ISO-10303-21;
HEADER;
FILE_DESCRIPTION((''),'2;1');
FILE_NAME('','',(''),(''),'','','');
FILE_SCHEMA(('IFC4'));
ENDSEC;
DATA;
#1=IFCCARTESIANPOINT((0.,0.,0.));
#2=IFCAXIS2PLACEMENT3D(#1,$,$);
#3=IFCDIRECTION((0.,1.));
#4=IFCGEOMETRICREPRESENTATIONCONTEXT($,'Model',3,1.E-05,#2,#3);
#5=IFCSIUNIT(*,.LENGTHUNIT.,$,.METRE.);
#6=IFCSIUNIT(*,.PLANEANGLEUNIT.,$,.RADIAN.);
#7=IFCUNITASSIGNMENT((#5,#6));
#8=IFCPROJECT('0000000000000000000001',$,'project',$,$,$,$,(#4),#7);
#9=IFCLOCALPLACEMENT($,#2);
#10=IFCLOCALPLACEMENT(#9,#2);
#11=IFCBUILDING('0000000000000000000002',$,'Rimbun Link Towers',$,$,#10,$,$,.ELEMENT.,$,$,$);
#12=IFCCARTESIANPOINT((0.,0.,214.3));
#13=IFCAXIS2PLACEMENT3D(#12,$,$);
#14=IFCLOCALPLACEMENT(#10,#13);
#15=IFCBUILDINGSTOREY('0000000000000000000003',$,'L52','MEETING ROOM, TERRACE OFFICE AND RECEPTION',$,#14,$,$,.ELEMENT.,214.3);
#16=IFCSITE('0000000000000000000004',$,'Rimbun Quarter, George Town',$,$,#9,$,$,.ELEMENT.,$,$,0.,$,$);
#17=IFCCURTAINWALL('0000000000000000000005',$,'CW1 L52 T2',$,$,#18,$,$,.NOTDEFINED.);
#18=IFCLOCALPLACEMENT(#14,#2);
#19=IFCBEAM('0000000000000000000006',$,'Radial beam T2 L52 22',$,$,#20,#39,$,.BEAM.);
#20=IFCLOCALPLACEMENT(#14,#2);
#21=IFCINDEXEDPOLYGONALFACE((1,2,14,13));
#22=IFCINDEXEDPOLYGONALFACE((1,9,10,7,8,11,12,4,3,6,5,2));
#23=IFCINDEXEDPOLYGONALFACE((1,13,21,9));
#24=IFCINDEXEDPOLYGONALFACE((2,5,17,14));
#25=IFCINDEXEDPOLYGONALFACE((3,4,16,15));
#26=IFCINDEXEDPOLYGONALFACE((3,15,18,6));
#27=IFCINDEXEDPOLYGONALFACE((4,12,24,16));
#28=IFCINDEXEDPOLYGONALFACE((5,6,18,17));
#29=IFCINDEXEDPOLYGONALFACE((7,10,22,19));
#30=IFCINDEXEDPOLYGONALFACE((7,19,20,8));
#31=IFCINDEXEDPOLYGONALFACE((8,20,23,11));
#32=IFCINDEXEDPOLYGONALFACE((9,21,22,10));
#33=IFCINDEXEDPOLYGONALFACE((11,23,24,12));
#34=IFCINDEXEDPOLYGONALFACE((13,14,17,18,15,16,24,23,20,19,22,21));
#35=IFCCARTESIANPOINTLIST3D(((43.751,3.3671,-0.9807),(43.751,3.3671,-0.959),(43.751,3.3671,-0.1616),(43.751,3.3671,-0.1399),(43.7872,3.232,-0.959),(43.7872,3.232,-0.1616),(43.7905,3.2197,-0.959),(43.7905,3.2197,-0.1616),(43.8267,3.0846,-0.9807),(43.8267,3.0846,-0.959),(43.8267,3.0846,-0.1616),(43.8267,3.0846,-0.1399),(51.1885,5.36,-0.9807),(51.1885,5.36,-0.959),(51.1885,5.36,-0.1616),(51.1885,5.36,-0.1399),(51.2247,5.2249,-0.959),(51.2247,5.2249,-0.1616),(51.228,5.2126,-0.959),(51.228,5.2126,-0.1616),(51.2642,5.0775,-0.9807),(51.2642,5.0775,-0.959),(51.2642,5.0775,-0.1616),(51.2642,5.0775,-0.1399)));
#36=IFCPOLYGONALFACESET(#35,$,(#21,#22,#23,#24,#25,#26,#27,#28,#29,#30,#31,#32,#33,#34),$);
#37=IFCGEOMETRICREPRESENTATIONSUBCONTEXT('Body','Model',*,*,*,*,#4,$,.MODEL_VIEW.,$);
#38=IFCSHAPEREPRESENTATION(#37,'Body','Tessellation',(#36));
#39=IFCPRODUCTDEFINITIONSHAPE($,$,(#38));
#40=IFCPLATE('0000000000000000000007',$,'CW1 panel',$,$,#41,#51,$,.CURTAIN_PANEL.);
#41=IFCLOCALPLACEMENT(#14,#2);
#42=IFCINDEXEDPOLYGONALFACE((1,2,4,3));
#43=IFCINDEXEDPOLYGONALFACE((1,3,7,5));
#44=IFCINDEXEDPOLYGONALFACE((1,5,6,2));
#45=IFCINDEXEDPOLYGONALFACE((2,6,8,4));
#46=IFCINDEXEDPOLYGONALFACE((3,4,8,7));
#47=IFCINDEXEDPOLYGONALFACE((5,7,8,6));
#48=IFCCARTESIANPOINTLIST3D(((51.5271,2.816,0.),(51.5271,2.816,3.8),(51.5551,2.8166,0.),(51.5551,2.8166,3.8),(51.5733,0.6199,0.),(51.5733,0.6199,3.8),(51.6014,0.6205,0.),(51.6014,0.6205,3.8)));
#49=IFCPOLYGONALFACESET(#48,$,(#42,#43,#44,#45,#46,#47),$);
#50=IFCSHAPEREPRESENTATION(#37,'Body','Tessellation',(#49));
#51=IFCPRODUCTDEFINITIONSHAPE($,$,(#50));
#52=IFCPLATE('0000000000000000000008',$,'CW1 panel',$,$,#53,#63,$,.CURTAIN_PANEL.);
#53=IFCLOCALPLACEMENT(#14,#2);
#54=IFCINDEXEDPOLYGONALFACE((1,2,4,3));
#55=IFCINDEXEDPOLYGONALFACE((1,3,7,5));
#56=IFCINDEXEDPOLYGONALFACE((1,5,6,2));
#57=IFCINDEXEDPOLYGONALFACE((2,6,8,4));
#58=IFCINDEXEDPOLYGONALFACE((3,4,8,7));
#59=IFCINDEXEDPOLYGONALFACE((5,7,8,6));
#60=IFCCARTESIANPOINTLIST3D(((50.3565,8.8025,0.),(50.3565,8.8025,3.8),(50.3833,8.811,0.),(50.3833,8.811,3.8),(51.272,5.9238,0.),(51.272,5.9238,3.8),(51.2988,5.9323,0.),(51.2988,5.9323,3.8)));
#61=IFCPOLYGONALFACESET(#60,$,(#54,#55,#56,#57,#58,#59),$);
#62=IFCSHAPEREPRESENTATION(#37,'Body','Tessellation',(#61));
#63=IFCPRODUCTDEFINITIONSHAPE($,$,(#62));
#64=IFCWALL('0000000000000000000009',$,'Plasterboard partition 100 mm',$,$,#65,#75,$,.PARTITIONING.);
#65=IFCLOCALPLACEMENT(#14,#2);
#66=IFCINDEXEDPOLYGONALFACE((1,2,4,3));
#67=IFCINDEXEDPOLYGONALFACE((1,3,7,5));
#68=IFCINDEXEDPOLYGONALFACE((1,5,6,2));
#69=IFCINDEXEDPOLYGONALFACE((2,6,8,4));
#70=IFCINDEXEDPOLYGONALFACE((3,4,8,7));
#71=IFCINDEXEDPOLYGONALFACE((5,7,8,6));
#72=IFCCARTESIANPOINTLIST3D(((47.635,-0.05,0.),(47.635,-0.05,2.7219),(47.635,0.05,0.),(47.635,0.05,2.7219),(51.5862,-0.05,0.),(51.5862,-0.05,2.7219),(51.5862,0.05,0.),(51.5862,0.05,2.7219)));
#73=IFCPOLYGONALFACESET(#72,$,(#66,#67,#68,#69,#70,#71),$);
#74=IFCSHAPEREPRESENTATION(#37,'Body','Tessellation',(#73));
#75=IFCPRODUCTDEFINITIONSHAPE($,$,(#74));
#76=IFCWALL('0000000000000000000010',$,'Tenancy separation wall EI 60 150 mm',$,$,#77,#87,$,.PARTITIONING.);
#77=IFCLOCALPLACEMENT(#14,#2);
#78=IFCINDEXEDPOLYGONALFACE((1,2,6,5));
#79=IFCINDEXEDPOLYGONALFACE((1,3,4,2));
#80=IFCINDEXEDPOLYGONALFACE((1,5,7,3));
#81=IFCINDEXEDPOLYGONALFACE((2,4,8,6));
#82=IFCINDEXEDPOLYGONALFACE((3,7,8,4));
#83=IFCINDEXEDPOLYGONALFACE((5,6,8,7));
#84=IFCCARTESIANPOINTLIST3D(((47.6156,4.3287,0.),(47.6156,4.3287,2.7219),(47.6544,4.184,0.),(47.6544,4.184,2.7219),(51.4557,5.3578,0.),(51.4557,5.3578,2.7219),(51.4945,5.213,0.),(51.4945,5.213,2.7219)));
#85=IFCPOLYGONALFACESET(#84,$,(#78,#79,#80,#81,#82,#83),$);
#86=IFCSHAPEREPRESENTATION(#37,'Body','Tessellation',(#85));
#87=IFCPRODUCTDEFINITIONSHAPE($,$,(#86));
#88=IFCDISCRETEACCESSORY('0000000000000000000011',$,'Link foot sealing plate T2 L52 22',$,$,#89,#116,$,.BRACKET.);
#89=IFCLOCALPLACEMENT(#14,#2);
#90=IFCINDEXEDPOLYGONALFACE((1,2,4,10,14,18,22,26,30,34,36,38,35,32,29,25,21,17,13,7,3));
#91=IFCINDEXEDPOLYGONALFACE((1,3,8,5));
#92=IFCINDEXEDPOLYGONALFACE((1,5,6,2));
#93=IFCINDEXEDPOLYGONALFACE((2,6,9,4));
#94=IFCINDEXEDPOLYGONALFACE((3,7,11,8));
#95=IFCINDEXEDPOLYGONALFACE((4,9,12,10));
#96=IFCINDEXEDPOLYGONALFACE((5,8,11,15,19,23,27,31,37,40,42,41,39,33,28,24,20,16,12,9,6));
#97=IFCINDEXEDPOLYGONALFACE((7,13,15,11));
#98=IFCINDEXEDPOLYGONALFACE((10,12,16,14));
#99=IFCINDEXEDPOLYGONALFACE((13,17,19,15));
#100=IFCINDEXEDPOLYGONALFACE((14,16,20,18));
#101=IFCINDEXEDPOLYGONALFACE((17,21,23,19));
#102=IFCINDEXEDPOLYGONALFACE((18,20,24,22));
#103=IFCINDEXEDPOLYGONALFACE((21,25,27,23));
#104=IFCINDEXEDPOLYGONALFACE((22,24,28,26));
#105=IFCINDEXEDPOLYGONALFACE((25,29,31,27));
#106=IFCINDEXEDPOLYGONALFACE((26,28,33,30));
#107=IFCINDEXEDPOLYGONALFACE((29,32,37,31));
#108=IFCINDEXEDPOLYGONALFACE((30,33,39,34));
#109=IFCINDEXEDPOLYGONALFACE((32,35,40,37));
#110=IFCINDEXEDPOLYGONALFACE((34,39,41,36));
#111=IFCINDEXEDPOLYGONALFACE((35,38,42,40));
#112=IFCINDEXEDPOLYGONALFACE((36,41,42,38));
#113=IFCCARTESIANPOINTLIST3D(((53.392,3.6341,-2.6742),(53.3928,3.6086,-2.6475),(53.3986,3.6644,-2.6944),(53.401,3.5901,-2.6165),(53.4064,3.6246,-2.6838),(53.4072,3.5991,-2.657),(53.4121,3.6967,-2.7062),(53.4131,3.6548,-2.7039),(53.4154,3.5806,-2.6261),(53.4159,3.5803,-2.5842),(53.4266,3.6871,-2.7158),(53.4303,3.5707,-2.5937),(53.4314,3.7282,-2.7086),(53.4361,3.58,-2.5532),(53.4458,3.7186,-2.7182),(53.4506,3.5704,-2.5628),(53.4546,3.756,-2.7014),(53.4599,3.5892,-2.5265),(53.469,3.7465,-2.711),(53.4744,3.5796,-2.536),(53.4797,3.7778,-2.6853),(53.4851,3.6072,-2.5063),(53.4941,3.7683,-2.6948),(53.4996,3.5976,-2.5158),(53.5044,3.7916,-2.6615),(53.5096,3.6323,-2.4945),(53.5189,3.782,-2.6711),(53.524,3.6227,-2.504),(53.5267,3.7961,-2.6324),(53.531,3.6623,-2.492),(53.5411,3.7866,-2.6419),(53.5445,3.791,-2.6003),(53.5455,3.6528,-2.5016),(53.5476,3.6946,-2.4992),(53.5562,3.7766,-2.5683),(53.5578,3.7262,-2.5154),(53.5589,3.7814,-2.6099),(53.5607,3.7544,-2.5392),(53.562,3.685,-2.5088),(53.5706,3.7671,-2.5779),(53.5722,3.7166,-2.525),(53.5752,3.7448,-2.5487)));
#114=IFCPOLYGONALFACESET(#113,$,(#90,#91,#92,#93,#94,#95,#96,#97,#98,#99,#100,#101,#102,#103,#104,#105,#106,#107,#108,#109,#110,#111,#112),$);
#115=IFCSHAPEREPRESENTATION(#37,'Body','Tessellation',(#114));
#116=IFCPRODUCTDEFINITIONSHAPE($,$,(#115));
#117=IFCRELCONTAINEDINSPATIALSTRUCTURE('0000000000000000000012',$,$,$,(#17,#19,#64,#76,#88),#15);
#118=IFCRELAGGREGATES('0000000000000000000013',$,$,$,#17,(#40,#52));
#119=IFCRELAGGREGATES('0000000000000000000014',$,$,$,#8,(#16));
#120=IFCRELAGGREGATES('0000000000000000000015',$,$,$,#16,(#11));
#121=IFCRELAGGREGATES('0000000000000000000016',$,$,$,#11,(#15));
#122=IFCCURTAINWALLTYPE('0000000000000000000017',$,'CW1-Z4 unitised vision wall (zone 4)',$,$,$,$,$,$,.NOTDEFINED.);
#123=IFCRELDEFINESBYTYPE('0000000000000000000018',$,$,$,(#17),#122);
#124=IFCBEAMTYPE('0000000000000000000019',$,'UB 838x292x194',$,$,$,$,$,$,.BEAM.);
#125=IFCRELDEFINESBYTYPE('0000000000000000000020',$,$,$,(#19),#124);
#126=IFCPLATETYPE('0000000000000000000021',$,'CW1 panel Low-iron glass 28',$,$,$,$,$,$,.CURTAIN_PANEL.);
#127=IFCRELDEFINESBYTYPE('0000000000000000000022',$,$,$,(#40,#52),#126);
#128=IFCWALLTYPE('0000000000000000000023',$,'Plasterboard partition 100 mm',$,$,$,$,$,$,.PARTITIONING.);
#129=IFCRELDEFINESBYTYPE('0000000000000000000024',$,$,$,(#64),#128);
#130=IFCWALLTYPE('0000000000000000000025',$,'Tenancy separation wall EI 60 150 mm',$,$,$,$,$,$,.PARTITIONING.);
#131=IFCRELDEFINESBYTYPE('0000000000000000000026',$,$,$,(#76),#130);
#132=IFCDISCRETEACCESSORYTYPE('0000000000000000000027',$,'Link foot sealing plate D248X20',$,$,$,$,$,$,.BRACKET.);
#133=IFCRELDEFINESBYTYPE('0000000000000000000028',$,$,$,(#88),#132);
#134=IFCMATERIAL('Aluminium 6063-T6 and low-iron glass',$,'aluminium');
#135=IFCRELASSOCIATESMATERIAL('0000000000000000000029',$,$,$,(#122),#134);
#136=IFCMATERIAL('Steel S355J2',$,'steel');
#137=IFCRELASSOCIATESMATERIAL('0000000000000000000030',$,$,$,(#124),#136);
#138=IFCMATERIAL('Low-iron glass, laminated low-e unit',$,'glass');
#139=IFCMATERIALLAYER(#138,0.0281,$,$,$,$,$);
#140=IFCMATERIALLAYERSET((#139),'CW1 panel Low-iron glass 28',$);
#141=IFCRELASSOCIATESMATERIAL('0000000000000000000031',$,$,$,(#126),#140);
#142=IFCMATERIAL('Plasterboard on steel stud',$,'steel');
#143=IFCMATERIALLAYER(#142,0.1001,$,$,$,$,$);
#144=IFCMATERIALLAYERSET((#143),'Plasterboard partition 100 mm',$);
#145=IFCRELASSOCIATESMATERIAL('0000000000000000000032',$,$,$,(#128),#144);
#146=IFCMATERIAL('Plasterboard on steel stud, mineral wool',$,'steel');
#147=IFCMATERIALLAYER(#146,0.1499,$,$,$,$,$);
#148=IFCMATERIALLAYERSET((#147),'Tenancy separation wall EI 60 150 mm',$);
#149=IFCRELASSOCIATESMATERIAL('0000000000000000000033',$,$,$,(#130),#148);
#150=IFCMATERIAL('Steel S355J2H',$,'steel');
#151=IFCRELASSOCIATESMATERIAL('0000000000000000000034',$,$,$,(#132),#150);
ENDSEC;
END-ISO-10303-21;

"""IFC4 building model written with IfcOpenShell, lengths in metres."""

from ifc_helpers import new_model, si_unit, direction, frame, frame_2d, origin, origin_2d, place, context, subcontext, project, spatial, rectangle, circle, i_section, extrude, material, layer, layer_set, material_profile, profile_set, type_object, element, aggregate, save


model = new_model("IFC4")

# Units and contexts
model_context = context("Model", 3, precision=1e-05, world=origin(), true_north=direction((0.0, 1.0)))
body_context = subcontext(model_context, "Body", "Model", "MODEL_VIEW")
ifc_project = project(units=[si_unit("LENGTHUNIT", "METRE"), si_unit("PLANEANGLEUNIT", "RADIAN")], contexts=[model_context])

# Site, building, storey
site_placement = place(None, origin())
site = spatial("IfcSite", under=ifc_project, at=site_placement, Name="Rimbun Quarter, George Town", CompositionType="ELEMENT", RefElevation=0.0)
building_placement = place(site_placement, origin())
building = spatial("IfcBuilding", under=site, at=building_placement, Name="Rimbun Link Towers", CompositionType="ELEMENT")
storey_placement = place(building_placement, frame((0.0, 0.0, 214.3)))
storey = spatial("IfcBuildingStorey", under=building, at=storey_placement, Name="L52", Description="MEETING ROOM, TERRACE OFFICE AND RECEPTION", CompositionType="ELEMENT", Elevation=214.3)

# Curtain wall
ifc_material_1 = material(Name="Aluminium 6063-T6 and low-iron glass", Category="aluminium")
curtain_wall_type = type_object("IfcCurtainWallType", Name="CW1-Z4 unitised vision wall (zone 4)", PredefinedType="NOTDEFINED", material=ifc_material_1)
curtain_wall_placement = place(storey_placement, origin())
curtain_wall = element("IfcCurtainWall", 1, at=curtain_wall_placement, inside=storey, type_object=curtain_wall_type, Name="CW1 L52 T2", PredefinedType="NOTDEFINED")

# Beam
ifc_material_2 = material(Name="Steel S355J2", Category="steel")
ifc_material_profile_1 = material_profile(ifc_material_2, i_section(OverallWidth=0.2925, OverallDepth=0.8408, WebThickness=0.0127, FlangeThickness=0.0217, at=origin_2d()), Name="UB 838x292x194")
ifc_profile_set_1 = profile_set([ifc_material_profile_1], Name="Steel S355J2")
beam_type_1 = type_object("IfcBeamType", Name="UB 838x292x194", PredefinedType="BEAM", material=ifc_profile_set_1)
beam_1_placement = place(storey_placement, frame((43.7888, 3.2258, -0.5603), z_axis=(0.965924, 0.258825, 0.0), x_axis=(-0.258825, 0.965924, 0.0)))
element("IfcBeam", 2, at=beam_1_placement, inside=storey, type_object=beam_type_1, Name="Radial beam T2 L52 22", PredefinedType="BEAM", context=body_context, shape_type="SweptSolid", body=[
    extrude(i_section(OverallWidth=0.2925, OverallDepth=0.8408, WebThickness=0.0127, FlangeThickness=0.0217, at=origin_2d()), origin(), (0.0, 0.0, 1.0), 7.7),
])

# Plates
ifc_material_3 = material(Name="Low-iron glass, laminated low-e unit", Category="glass")
ifc_layer_1 = layer(ifc_material_3, 0.0281)
ifc_layer_set_1 = layer_set([ifc_layer_1], Name="CW1 panel Low-iron glass 28")
plate_type = type_object("IfcPlateType", Name="CW1 panel Low-iron glass 28", PredefinedType="CURTAIN_PANEL", material=ifc_layer_set_1)
plate_1_placement = place(storey_placement, frame((51.5642, 1.7183, 0.0), z_axis=(0.0, 0.0, 1.0), x_axis=(0.021054, -0.999778, 0.0)))
plate_1 = element("IfcPlate", 3, at=plate_1_placement, type_object=plate_type, Name="CW1 panel", PredefinedType="CURTAIN_PANEL", context=body_context, shape_type="SweptSolid", body=[
    extrude(rectangle(XDim=2.1965, YDim=0.0281, at=origin_2d()), origin(), (0.0, 0.0, 1.0), 3.8),
])
plate_2_placement = place(storey_placement, frame((50.8276, 7.3674, 0.0), z_axis=(0.0, 0.0, 1.0), x_axis=(0.303068, -0.952969, 0.0)))
plate_2 = element("IfcPlate", 4, at=plate_2_placement, type_object=plate_type, Name="CW1 panel", PredefinedType="CURTAIN_PANEL", context=body_context, shape_type="SweptSolid", body=[
    extrude(rectangle(XDim=3.0208, YDim=0.0281, at=origin_2d()), origin(), (0.0, 0.0, 1.0), 3.8),
])
aggregate(curtain_wall, [plate_1, plate_2])

# Walls
ifc_material_4 = material(Name="Plasterboard on steel stud", Category="steel")
ifc_layer_2 = layer(ifc_material_4, 0.1001)
ifc_layer_set_2 = layer_set([ifc_layer_2], Name="Plasterboard partition 100 mm")
wall_type_1 = type_object("IfcWallType", Name="Plasterboard partition 100 mm", PredefinedType="PARTITIONING", material=ifc_layer_set_2)
wall_1_placement = place(storey_placement, frame((51.5862, 0.0, 0.0), z_axis=(0.0, 0.0, 1.0), x_axis=(-1.0, 0.0, 0.0)))
element("IfcWall", 5, at=wall_1_placement, inside=storey, type_object=wall_type_1, Name="Plasterboard partition 100 mm", PredefinedType="PARTITIONING", context=body_context, shape_type="SweptSolid", body=[
    extrude(rectangle(XDim=3.9512, YDim=0.1001, at=frame_2d((1.9756, 0.0))), origin(), (0.0, 0.0, 1.0), 2.7219),
])
ifc_material_5 = material(Name="Plasterboard on steel stud, mineral wool", Category="steel")
ifc_layer_3 = layer(ifc_material_5, 0.1499)
ifc_layer_set_3 = layer_set([ifc_layer_3], Name="Tenancy separation wall EI 60 150 mm")
wall_type_2 = type_object("IfcWallType", Name="Tenancy separation wall EI 60 150 mm", PredefinedType="PARTITIONING", material=ifc_layer_set_3)
wall_2_placement = place(storey_placement, frame((47.635, 4.2563, 0.0), z_axis=(0.0, 0.0, 1.0), x_axis=(0.965919, 0.258844, 0.0)))
element("IfcWall", 6, at=wall_2_placement, inside=storey, type_object=wall_type_2, Name="Tenancy separation wall EI 60 150 mm", PredefinedType="PARTITIONING", context=body_context, shape_type="SweptSolid", body=[
    extrude(rectangle(XDim=3.9756, YDim=0.1499, at=frame_2d((1.9878, 0.0))), origin(), (0.0, 0.0, 1.0), 2.7219),
])

# Discrete accessory
ifc_material_6 = material(Name="Steel S355J2H", Category="steel")
ifc_material_profile_2 = material_profile(ifc_material_6, circle(Radius=0.124, at=origin_2d()), Name="PL D248")
ifc_profile_set_2 = profile_set([ifc_material_profile_2], Name="Steel S355J2H")
discrete_accessory_type = type_object("IfcDiscreteAccessoryType", Name="Link foot sealing plate D248X20", PredefinedType="BRACKET", material=ifc_profile_set_2)
discrete_accessory_placement = place(storey_placement, frame((53.4761, 3.6875, -2.6003), z_axis=(0.730514, -0.482882, -0.482882), x_axis=(0.551433, 0.834219, 0.0)))
element("IfcDiscreteAccessory", 7, at=discrete_accessory_placement, inside=storey, type_object=discrete_accessory_type, Name="Link foot sealing plate T2 L52 22", PredefinedType="BRACKET", context=body_context, shape_type="SweptSolid", body=[
    extrude(circle(Radius=0.124, at=origin_2d()), origin(), (0.0, 0.0, 1.0), 0.0198),
])

save(model, "model.ifc")
